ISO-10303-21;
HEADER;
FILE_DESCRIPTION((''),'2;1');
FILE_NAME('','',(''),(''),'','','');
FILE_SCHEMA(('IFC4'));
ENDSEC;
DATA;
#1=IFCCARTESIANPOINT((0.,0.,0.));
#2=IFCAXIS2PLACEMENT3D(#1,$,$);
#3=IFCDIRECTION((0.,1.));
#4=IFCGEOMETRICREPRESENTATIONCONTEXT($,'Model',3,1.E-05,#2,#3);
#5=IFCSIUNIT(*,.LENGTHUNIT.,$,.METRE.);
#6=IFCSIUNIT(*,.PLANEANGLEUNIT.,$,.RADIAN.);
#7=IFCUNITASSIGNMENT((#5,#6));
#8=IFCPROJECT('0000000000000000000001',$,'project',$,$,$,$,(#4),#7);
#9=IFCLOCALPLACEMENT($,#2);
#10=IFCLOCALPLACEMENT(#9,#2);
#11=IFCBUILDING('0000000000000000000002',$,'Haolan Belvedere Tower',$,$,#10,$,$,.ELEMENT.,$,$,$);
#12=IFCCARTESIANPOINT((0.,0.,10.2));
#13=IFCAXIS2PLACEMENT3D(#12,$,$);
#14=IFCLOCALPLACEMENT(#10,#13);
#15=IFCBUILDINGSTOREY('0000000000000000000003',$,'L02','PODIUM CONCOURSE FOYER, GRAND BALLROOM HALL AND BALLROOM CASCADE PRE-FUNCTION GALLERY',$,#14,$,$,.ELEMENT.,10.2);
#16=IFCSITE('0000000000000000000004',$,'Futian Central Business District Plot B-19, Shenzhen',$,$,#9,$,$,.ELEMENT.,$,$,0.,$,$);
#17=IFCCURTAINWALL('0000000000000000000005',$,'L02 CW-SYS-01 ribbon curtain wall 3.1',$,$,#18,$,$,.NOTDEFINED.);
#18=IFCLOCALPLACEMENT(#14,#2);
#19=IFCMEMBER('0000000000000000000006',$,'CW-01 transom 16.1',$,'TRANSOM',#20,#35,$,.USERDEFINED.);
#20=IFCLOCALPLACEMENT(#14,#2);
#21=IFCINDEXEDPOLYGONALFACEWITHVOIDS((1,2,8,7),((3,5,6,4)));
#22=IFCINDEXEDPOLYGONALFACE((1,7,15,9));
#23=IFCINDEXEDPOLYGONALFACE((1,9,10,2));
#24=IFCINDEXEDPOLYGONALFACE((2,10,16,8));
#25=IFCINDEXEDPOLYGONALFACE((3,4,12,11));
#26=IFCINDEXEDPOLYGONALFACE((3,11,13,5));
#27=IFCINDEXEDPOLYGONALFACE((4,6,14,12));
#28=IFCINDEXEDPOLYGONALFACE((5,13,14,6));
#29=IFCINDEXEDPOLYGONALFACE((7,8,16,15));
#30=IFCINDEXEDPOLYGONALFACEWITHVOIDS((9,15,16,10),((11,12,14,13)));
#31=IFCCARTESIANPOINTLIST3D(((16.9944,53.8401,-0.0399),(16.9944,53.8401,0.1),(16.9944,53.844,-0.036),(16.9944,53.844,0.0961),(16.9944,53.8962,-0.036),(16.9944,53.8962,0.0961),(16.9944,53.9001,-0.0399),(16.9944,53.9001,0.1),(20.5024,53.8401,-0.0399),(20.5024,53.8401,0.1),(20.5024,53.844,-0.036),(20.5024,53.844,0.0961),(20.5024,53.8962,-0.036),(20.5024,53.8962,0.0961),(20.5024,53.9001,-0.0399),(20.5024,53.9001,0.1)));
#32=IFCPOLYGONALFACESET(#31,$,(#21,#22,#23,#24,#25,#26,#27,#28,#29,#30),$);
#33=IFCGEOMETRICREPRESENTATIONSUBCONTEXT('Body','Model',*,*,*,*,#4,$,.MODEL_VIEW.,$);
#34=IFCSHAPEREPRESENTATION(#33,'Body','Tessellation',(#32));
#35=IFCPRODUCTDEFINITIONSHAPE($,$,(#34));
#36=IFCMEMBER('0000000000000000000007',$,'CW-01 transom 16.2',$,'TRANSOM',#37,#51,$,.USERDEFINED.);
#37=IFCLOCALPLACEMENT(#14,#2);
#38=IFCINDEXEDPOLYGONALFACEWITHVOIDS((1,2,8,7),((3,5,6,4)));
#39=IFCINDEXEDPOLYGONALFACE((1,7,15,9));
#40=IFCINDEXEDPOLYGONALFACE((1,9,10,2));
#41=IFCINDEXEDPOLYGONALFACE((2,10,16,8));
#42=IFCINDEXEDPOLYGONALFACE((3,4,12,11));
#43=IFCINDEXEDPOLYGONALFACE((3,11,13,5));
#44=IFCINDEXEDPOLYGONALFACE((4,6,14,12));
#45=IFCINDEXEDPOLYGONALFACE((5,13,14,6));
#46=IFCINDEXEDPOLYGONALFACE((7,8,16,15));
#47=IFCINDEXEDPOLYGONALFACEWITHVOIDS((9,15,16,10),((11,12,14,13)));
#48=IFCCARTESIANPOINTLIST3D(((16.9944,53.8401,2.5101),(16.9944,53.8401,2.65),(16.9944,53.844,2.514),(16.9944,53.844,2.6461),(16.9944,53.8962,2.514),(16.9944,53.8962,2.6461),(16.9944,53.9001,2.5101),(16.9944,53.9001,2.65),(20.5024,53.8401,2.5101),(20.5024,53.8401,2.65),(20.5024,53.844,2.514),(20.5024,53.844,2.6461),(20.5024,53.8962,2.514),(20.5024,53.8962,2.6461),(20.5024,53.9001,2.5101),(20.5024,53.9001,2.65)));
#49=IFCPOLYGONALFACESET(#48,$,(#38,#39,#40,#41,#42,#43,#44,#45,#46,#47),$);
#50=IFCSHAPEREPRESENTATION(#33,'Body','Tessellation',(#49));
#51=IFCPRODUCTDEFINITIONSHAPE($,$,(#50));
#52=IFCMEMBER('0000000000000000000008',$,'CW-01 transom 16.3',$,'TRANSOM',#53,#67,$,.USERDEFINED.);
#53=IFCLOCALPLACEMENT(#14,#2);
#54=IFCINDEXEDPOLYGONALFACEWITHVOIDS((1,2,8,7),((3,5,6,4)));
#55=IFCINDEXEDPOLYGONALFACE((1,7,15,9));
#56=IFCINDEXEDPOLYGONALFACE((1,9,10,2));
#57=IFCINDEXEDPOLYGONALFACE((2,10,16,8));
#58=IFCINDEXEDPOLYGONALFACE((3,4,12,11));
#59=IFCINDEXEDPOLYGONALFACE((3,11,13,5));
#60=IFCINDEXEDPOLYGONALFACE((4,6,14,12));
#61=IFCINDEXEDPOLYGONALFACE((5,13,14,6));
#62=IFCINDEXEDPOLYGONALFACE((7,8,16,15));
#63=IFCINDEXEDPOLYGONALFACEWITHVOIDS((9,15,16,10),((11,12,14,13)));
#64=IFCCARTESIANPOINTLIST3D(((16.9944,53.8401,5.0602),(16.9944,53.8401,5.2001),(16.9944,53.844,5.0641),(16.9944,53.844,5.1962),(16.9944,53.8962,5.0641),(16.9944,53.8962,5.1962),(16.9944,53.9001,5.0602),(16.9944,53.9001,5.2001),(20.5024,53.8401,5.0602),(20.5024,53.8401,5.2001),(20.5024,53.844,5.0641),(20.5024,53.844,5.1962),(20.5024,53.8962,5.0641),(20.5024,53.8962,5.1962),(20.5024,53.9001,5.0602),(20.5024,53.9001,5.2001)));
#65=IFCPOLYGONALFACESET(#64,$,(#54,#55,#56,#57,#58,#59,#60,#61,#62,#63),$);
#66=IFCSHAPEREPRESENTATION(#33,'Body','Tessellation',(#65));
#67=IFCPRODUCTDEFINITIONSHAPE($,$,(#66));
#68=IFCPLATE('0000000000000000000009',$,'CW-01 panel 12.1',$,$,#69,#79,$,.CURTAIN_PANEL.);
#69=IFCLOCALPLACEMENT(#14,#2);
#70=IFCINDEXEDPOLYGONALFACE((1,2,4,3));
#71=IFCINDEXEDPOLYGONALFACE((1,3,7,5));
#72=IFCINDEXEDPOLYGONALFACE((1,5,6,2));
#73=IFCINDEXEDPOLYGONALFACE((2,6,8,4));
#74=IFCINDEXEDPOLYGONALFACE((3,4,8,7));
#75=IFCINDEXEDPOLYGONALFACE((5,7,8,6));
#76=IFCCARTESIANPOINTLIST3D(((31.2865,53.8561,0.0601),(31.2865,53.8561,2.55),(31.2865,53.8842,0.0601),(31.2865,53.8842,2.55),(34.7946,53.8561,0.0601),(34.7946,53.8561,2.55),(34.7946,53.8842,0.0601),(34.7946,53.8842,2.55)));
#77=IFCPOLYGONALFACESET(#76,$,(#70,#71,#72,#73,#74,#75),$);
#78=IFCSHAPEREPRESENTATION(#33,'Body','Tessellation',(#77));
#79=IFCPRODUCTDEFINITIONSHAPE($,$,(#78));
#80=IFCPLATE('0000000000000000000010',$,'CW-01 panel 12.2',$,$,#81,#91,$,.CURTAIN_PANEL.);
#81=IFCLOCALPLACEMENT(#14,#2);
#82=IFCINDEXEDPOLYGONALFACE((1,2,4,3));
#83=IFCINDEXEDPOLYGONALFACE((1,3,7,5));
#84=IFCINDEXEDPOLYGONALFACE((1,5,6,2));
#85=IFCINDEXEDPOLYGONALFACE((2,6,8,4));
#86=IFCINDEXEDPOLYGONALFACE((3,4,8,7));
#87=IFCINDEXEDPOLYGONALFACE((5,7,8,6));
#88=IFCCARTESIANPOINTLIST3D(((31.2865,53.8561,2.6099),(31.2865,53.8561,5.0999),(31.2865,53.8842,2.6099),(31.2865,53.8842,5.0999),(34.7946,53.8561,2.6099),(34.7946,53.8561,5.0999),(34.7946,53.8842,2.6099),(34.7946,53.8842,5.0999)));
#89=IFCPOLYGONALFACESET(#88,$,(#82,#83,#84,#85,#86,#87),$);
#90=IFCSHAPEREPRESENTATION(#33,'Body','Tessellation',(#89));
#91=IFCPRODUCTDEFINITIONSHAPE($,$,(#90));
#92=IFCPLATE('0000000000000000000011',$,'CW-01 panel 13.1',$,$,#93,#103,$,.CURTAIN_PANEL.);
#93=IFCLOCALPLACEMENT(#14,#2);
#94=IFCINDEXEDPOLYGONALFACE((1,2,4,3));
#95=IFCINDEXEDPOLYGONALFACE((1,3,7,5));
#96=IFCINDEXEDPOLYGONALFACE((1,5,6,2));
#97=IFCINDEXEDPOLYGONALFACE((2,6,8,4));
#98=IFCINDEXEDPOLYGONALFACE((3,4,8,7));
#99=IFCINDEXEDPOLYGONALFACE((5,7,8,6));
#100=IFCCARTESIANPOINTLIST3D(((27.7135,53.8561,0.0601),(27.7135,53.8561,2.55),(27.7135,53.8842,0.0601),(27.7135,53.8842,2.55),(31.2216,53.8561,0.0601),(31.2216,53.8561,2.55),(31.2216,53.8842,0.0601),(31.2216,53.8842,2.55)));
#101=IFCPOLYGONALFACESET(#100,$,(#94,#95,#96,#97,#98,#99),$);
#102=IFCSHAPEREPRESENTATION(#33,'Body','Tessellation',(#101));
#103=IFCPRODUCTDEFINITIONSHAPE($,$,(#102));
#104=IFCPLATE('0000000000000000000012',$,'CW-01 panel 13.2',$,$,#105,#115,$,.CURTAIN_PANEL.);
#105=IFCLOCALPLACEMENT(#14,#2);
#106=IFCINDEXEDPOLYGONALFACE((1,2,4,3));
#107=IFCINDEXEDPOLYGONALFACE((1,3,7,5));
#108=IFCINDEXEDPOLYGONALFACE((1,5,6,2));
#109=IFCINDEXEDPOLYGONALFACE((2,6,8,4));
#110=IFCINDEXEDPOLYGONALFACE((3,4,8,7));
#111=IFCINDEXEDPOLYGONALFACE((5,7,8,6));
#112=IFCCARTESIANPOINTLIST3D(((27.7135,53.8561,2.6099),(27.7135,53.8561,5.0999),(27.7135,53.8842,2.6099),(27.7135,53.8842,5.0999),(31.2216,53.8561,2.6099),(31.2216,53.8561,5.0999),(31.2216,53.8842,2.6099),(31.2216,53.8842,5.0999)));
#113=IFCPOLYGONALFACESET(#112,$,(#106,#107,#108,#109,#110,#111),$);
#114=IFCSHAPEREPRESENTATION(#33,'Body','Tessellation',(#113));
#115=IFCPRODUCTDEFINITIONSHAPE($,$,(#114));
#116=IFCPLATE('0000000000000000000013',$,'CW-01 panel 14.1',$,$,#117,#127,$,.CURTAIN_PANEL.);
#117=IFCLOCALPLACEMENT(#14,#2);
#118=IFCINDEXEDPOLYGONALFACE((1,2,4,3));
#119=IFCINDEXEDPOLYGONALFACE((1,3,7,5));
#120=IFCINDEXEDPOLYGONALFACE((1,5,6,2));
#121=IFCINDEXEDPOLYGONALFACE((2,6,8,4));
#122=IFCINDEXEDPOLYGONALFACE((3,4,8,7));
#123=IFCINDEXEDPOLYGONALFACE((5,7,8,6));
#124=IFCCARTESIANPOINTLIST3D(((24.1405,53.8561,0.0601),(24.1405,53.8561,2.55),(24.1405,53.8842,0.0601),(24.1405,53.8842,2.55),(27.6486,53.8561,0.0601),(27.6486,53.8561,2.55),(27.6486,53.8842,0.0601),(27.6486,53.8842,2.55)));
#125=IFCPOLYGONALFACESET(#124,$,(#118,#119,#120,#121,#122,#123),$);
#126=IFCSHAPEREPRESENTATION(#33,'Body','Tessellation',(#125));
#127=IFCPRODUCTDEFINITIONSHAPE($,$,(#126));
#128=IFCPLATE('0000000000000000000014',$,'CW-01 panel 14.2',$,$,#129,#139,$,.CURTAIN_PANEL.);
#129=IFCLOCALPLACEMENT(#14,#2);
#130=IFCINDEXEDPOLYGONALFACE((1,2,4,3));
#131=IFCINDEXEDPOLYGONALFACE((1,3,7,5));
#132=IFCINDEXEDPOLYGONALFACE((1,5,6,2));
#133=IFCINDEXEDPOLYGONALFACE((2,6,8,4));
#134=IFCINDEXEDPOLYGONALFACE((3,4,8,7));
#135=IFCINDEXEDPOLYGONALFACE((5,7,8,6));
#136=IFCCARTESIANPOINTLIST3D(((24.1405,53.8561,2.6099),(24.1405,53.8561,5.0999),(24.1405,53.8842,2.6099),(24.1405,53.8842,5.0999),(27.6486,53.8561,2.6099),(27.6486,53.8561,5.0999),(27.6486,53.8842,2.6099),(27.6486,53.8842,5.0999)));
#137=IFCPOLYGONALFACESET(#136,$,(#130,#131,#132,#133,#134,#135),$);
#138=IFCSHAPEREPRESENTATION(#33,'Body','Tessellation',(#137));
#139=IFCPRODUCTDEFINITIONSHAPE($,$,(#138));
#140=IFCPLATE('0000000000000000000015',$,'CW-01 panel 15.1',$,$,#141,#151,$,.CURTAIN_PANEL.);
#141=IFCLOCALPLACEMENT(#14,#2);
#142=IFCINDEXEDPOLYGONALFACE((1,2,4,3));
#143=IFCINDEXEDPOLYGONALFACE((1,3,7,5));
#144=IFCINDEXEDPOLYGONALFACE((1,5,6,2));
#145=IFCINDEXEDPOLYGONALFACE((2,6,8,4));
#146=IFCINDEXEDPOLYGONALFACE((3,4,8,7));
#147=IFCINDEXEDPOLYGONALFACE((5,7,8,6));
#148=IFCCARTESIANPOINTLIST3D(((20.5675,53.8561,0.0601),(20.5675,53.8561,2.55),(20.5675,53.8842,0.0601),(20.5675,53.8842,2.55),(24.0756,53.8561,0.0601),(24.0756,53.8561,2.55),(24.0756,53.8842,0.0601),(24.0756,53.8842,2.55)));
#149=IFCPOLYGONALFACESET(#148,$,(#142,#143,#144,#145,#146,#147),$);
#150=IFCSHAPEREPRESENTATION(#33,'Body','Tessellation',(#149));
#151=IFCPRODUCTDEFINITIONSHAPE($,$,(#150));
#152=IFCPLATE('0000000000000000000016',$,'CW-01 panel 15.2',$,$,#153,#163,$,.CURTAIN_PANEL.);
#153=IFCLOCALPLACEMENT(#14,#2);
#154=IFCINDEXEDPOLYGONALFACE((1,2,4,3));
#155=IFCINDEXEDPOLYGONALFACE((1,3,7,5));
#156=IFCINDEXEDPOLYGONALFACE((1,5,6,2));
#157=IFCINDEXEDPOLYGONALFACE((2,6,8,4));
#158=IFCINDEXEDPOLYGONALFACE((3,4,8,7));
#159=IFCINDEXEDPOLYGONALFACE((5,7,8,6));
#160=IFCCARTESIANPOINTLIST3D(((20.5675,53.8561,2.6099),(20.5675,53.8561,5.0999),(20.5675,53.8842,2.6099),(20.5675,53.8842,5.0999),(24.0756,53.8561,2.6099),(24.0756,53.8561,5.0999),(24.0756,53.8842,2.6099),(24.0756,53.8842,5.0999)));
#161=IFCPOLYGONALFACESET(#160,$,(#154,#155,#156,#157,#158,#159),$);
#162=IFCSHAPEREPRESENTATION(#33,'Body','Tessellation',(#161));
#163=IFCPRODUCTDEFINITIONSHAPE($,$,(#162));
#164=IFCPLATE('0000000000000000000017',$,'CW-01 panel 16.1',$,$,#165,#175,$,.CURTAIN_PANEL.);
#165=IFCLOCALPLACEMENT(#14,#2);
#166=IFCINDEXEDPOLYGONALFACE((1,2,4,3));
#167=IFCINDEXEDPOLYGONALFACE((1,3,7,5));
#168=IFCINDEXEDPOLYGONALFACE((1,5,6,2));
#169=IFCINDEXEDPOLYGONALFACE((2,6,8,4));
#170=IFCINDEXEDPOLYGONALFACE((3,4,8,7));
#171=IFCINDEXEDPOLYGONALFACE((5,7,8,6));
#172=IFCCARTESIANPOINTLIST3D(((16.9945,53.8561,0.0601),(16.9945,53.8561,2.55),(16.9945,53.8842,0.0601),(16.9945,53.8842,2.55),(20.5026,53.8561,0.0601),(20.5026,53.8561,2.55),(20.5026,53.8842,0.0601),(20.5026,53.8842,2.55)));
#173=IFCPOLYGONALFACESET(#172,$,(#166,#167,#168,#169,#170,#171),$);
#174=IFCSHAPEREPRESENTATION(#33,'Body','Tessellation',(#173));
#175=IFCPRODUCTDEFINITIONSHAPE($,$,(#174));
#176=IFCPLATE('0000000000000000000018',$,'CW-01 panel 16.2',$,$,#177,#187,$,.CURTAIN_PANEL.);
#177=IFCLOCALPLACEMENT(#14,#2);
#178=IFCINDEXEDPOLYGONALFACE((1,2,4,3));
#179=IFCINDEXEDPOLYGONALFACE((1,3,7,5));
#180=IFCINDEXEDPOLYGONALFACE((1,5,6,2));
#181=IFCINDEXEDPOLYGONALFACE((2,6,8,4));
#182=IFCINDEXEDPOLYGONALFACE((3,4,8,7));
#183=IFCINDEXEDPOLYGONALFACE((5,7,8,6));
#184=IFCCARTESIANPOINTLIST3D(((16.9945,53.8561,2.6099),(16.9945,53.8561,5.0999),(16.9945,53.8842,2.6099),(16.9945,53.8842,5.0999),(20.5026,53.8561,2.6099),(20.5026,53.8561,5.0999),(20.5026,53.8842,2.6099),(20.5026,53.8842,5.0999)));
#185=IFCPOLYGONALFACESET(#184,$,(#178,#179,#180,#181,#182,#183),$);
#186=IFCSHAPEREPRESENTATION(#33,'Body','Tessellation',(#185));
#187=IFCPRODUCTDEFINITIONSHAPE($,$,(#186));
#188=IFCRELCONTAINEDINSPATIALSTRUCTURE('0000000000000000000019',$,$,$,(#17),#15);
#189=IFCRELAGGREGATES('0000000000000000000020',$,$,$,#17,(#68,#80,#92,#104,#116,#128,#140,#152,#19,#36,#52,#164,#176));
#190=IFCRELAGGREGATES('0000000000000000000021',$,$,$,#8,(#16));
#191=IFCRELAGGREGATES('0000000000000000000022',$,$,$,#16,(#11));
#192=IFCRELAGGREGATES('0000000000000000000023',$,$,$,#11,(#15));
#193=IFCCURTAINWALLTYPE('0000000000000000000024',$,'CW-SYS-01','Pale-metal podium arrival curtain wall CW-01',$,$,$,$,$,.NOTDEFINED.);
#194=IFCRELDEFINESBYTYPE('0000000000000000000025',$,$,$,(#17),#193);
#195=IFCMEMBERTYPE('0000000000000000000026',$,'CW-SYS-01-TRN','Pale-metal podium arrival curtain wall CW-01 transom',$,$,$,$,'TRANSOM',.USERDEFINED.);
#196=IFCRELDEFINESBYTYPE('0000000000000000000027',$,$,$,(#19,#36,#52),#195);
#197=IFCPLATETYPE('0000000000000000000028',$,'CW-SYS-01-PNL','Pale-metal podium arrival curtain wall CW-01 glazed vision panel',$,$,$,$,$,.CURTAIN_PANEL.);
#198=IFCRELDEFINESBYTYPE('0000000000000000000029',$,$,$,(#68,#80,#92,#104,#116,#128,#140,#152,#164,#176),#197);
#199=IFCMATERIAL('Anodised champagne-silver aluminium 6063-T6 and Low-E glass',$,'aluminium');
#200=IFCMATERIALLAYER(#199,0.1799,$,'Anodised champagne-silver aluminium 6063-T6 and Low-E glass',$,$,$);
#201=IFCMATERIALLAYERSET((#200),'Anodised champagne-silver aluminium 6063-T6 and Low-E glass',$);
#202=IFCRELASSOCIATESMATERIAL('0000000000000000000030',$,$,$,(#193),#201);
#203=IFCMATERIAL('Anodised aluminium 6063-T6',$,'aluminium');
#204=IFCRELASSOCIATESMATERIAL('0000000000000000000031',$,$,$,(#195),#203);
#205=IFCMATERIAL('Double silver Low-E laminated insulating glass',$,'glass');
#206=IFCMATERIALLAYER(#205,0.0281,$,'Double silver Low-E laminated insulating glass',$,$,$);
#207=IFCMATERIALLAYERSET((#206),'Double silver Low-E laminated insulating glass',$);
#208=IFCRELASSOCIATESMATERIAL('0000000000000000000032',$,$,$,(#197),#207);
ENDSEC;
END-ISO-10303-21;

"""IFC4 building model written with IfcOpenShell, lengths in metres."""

from ifc_helpers import new_model, si_unit, direction, frame, origin, origin_2d, place, context, subcontext, project, spatial, rectangle, hollow_rectangle, extrude, material, layer, layer_set, material_profile, profile_set, type_object, element, aggregate, save


model = new_model("IFC4")

# Units and contexts
model_context = context("Model", 3, precision=1e-05, world=origin(), true_north=direction((0.0, 1.0)))
body_context = subcontext(model_context, "Body", "Model", "MODEL_VIEW")
ifc_project = project(units=[si_unit("LENGTHUNIT", "METRE"), si_unit("PLANEANGLEUNIT", "RADIAN")], contexts=[model_context])

# Site, building, storey
site_placement = place(None, origin())
site = spatial("IfcSite", under=ifc_project, at=site_placement, Name="Futian Central Business District Plot B-19, Shenzhen", CompositionType="ELEMENT", RefElevation=0.0)
building_placement = place(site_placement, origin())
building = spatial("IfcBuilding", under=site, at=building_placement, Name="Haolan Belvedere Tower", CompositionType="ELEMENT")
storey_placement = place(building_placement, frame((0.0, 0.0, 10.2)))
storey = spatial("IfcBuildingStorey", under=building, at=storey_placement, Name="L02", Description="PODIUM CONCOURSE FOYER, GRAND BALLROOM HALL AND BALLROOM CASCADE PRE-FUNCTION GALLERY", CompositionType="ELEMENT", Elevation=10.2)

# Curtain wall, members, plates
ifc_material_1 = material(Name="Anodised champagne-silver aluminium 6063-T6 and Low-E glass", Category="aluminium")
ifc_layer_1 = layer(ifc_material_1, 0.1799, Name="Anodised champagne-silver aluminium 6063-T6 and Low-E glass")
ifc_layer_set_1 = layer_set([ifc_layer_1], Name="Anodised champagne-silver aluminium 6063-T6 and Low-E glass")
curtain_wall_type = type_object("IfcCurtainWallType", Name="CW-SYS-01", Description="Pale-metal podium arrival curtain wall CW-01", PredefinedType="NOTDEFINED", material=ifc_layer_set_1)
curtain_wall_placement = place(storey_placement, origin())
curtain_wall = element("IfcCurtainWall", 1, at=curtain_wall_placement, inside=storey, type_object=curtain_wall_type, Name="L02 CW-SYS-01 ribbon curtain wall 3.1", PredefinedType="NOTDEFINED")
ifc_material_2 = material(Name="Anodised aluminium 6063-T6", Category="aluminium")
ifc_material_profile_1 = material_profile(ifc_material_2, hollow_rectangle(XDim=0.0601, YDim=0.1399, WallThickness=0.0039, at=origin_2d()), Name="Anodised aluminium 6063-T6")
ifc_profile_set_1 = profile_set([ifc_material_profile_1], Name="Anodised aluminium 6063-T6")
member_type_1 = type_object("IfcMemberType", Name="CW-SYS-01-TRN", Description="Pale-metal podium arrival curtain wall CW-01 transom", ElementType="TRANSOM", PredefinedType="USERDEFINED", material=ifc_profile_set_1)
member_1_placement = place(storey_placement, frame((20.5024, 53.8701, 0.03), z_axis=(-1.0, 0.0, 0.0), x_axis=(0.0, -1.0, 0.0)))
member_1 = element("IfcMember", 2, at=member_1_placement, type_object=member_type_1, Name="CW-01 transom 16.1", ObjectType="TRANSOM", PredefinedType="USERDEFINED", context=body_context, shape_type="SweptSolid", body=[
    extrude(hollow_rectangle(XDim=0.0601, YDim=0.1399, WallThickness=0.0039, at=origin_2d()), origin(), (0.0, 0.0, 1.0), 3.5081),
])
member_2_placement = place(storey_placement, frame((20.5024, 53.8701, 2.5801), z_axis=(-1.0, 0.0, 0.0), x_axis=(0.0, -1.0, 0.0)))
member_2 = element("IfcMember", 3, at=member_2_placement, type_object=member_type_1, Name="CW-01 transom 16.2", ObjectType="TRANSOM", PredefinedType="USERDEFINED", context=body_context, shape_type="SweptSolid", body=[
    extrude(hollow_rectangle(XDim=0.0601, YDim=0.1399, WallThickness=0.0039, at=origin_2d()), origin(), (0.0, 0.0, 1.0), 3.5081),
])
member_3_placement = place(storey_placement, frame((20.5024, 53.8701, 5.1301), z_axis=(-1.0, 0.0, 0.0), x_axis=(0.0, -1.0, 0.0)))
member_3 = element("IfcMember", 4, at=member_3_placement, type_object=member_type_1, Name="CW-01 transom 16.3", ObjectType="TRANSOM", PredefinedType="USERDEFINED", context=body_context, shape_type="SweptSolid", body=[
    extrude(hollow_rectangle(XDim=0.0601, YDim=0.1399, WallThickness=0.0039, at=origin_2d()), origin(), (0.0, 0.0, 1.0), 3.5081),
])
ifc_material_3 = material(Name="Double silver Low-E laminated insulating glass", Category="glass")
ifc_layer_2 = layer(ifc_material_3, 0.0281, Name="Double silver Low-E laminated insulating glass")
ifc_layer_set_2 = layer_set([ifc_layer_2], Name="Double silver Low-E laminated insulating glass")
plate_type = type_object("IfcPlateType", Name="CW-SYS-01-PNL", Description="Pale-metal podium arrival curtain wall CW-01 glazed vision panel", PredefinedType="CURTAIN_PANEL", material=ifc_layer_set_2)
plate_1_placement = place(storey_placement, frame((33.0405, 53.8701, 0.0601), z_axis=(0.0, 0.0, 1.0), x_axis=(-1.0, 0.0, 0.0)))
plate_1 = element("IfcPlate", 5, at=plate_1_placement, type_object=plate_type, Name="CW-01 panel 12.1", PredefinedType="CURTAIN_PANEL", context=body_context, shape_type="SweptSolid", body=[
    extrude(rectangle(XDim=3.5081, YDim=0.0281, at=origin_2d()), origin(), (0.0, 0.0, 1.0), 2.49),
])
plate_2_placement = place(storey_placement, frame((33.0405, 53.8701, 2.6099), z_axis=(0.0, 0.0, 1.0), x_axis=(-1.0, 0.0, 0.0)))
plate_2 = element("IfcPlate", 6, at=plate_2_placement, type_object=plate_type, Name="CW-01 panel 12.2", PredefinedType="CURTAIN_PANEL", context=body_context, shape_type="SweptSolid", body=[
    extrude(rectangle(XDim=3.5081, YDim=0.0281, at=origin_2d()), origin(), (0.0, 0.0, 1.0), 2.49),
])
plate_3_placement = place(storey_placement, frame((29.4675, 53.8701, 0.0601), z_axis=(0.0, 0.0, 1.0), x_axis=(-1.0, 0.0, 0.0)))
plate_3 = element("IfcPlate", 7, at=plate_3_placement, type_object=plate_type, Name="CW-01 panel 13.1", PredefinedType="CURTAIN_PANEL", context=body_context, shape_type="SweptSolid", body=[
    extrude(rectangle(XDim=3.5081, YDim=0.0281, at=origin_2d()), origin(), (0.0, 0.0, 1.0), 2.49),
])
plate_4_placement = place(storey_placement, frame((29.4675, 53.8701, 2.6099), z_axis=(0.0, 0.0, 1.0), x_axis=(-1.0, 0.0, 0.0)))
plate_4 = element("IfcPlate", 8, at=plate_4_placement, type_object=plate_type, Name="CW-01 panel 13.2", PredefinedType="CURTAIN_PANEL", context=body_context, shape_type="SweptSolid", body=[
    extrude(rectangle(XDim=3.5081, YDim=0.0281, at=origin_2d()), origin(), (0.0, 0.0, 1.0), 2.49),
])
plate_5_placement = place(storey_placement, frame((25.8945, 53.8701, 0.0601), z_axis=(0.0, 0.0, 1.0), x_axis=(-1.0, 0.0, 0.0)))
plate_5 = element("IfcPlate", 9, at=plate_5_placement, type_object=plate_type, Name="CW-01 panel 14.1", PredefinedType="CURTAIN_PANEL", context=body_context, shape_type="SweptSolid", body=[
    extrude(rectangle(XDim=3.5081, YDim=0.0281, at=origin_2d()), origin(), (0.0, 0.0, 1.0), 2.49),
])
plate_6_placement = place(storey_placement, frame((25.8945, 53.8701, 2.6099), z_axis=(0.0, 0.0, 1.0), x_axis=(-1.0, 0.0, 0.0)))
plate_6 = element("IfcPlate", 10, at=plate_6_placement, type_object=plate_type, Name="CW-01 panel 14.2", PredefinedType="CURTAIN_PANEL", context=body_context, shape_type="SweptSolid", body=[
    extrude(rectangle(XDim=3.5081, YDim=0.0281, at=origin_2d()), origin(), (0.0, 0.0, 1.0), 2.49),
])
plate_7_placement = place(storey_placement, frame((22.3215, 53.8701, 0.0601), z_axis=(0.0, 0.0, 1.0), x_axis=(-1.0, 0.0, 0.0)))
plate_7 = element("IfcPlate", 11, at=plate_7_placement, type_object=plate_type, Name="CW-01 panel 15.1", PredefinedType="CURTAIN_PANEL", context=body_context, shape_type="SweptSolid", body=[
    extrude(rectangle(XDim=3.5081, YDim=0.0281, at=origin_2d()), origin(), (0.0, 0.0, 1.0), 2.49),
])
plate_8_placement = place(storey_placement, frame((22.3215, 53.8701, 2.6099), z_axis=(0.0, 0.0, 1.0), x_axis=(-1.0, 0.0, 0.0)))
plate_8 = element("IfcPlate", 12, at=plate_8_placement, type_object=plate_type, Name="CW-01 panel 15.2", PredefinedType="CURTAIN_PANEL", context=body_context, shape_type="SweptSolid", body=[
    extrude(rectangle(XDim=3.5081, YDim=0.0281, at=origin_2d()), origin(), (0.0, 0.0, 1.0), 2.49),
])
plate_9_placement = place(storey_placement, frame((18.7485, 53.8701, 0.0601), z_axis=(0.0, 0.0, 1.0), x_axis=(-1.0, 0.0, 0.0)))
plate_9 = element("IfcPlate", 13, at=plate_9_placement, type_object=plate_type, Name="CW-01 panel 16.1", PredefinedType="CURTAIN_PANEL", context=body_context, shape_type="SweptSolid", body=[
    extrude(rectangle(XDim=3.5081, YDim=0.0281, at=origin_2d()), origin(), (0.0, 0.0, 1.0), 2.49),
])
plate_10_placement = place(storey_placement, frame((18.7485, 53.8701, 2.6099), z_axis=(0.0, 0.0, 1.0), x_axis=(-1.0, 0.0, 0.0)))
plate_10 = element("IfcPlate", 14, at=plate_10_placement, type_object=plate_type, Name="CW-01 panel 16.2", PredefinedType="CURTAIN_PANEL", context=body_context, shape_type="SweptSolid", body=[
    extrude(rectangle(XDim=3.5081, YDim=0.0281, at=origin_2d()), origin(), (0.0, 0.0, 1.0), 2.49),
])
aggregate(curtain_wall, [plate_1, plate_2, plate_3, plate_4, plate_5, plate_6, plate_7, plate_8, member_1, member_2, member_3, plate_9, plate_10])

save(model, "model.ifc")
